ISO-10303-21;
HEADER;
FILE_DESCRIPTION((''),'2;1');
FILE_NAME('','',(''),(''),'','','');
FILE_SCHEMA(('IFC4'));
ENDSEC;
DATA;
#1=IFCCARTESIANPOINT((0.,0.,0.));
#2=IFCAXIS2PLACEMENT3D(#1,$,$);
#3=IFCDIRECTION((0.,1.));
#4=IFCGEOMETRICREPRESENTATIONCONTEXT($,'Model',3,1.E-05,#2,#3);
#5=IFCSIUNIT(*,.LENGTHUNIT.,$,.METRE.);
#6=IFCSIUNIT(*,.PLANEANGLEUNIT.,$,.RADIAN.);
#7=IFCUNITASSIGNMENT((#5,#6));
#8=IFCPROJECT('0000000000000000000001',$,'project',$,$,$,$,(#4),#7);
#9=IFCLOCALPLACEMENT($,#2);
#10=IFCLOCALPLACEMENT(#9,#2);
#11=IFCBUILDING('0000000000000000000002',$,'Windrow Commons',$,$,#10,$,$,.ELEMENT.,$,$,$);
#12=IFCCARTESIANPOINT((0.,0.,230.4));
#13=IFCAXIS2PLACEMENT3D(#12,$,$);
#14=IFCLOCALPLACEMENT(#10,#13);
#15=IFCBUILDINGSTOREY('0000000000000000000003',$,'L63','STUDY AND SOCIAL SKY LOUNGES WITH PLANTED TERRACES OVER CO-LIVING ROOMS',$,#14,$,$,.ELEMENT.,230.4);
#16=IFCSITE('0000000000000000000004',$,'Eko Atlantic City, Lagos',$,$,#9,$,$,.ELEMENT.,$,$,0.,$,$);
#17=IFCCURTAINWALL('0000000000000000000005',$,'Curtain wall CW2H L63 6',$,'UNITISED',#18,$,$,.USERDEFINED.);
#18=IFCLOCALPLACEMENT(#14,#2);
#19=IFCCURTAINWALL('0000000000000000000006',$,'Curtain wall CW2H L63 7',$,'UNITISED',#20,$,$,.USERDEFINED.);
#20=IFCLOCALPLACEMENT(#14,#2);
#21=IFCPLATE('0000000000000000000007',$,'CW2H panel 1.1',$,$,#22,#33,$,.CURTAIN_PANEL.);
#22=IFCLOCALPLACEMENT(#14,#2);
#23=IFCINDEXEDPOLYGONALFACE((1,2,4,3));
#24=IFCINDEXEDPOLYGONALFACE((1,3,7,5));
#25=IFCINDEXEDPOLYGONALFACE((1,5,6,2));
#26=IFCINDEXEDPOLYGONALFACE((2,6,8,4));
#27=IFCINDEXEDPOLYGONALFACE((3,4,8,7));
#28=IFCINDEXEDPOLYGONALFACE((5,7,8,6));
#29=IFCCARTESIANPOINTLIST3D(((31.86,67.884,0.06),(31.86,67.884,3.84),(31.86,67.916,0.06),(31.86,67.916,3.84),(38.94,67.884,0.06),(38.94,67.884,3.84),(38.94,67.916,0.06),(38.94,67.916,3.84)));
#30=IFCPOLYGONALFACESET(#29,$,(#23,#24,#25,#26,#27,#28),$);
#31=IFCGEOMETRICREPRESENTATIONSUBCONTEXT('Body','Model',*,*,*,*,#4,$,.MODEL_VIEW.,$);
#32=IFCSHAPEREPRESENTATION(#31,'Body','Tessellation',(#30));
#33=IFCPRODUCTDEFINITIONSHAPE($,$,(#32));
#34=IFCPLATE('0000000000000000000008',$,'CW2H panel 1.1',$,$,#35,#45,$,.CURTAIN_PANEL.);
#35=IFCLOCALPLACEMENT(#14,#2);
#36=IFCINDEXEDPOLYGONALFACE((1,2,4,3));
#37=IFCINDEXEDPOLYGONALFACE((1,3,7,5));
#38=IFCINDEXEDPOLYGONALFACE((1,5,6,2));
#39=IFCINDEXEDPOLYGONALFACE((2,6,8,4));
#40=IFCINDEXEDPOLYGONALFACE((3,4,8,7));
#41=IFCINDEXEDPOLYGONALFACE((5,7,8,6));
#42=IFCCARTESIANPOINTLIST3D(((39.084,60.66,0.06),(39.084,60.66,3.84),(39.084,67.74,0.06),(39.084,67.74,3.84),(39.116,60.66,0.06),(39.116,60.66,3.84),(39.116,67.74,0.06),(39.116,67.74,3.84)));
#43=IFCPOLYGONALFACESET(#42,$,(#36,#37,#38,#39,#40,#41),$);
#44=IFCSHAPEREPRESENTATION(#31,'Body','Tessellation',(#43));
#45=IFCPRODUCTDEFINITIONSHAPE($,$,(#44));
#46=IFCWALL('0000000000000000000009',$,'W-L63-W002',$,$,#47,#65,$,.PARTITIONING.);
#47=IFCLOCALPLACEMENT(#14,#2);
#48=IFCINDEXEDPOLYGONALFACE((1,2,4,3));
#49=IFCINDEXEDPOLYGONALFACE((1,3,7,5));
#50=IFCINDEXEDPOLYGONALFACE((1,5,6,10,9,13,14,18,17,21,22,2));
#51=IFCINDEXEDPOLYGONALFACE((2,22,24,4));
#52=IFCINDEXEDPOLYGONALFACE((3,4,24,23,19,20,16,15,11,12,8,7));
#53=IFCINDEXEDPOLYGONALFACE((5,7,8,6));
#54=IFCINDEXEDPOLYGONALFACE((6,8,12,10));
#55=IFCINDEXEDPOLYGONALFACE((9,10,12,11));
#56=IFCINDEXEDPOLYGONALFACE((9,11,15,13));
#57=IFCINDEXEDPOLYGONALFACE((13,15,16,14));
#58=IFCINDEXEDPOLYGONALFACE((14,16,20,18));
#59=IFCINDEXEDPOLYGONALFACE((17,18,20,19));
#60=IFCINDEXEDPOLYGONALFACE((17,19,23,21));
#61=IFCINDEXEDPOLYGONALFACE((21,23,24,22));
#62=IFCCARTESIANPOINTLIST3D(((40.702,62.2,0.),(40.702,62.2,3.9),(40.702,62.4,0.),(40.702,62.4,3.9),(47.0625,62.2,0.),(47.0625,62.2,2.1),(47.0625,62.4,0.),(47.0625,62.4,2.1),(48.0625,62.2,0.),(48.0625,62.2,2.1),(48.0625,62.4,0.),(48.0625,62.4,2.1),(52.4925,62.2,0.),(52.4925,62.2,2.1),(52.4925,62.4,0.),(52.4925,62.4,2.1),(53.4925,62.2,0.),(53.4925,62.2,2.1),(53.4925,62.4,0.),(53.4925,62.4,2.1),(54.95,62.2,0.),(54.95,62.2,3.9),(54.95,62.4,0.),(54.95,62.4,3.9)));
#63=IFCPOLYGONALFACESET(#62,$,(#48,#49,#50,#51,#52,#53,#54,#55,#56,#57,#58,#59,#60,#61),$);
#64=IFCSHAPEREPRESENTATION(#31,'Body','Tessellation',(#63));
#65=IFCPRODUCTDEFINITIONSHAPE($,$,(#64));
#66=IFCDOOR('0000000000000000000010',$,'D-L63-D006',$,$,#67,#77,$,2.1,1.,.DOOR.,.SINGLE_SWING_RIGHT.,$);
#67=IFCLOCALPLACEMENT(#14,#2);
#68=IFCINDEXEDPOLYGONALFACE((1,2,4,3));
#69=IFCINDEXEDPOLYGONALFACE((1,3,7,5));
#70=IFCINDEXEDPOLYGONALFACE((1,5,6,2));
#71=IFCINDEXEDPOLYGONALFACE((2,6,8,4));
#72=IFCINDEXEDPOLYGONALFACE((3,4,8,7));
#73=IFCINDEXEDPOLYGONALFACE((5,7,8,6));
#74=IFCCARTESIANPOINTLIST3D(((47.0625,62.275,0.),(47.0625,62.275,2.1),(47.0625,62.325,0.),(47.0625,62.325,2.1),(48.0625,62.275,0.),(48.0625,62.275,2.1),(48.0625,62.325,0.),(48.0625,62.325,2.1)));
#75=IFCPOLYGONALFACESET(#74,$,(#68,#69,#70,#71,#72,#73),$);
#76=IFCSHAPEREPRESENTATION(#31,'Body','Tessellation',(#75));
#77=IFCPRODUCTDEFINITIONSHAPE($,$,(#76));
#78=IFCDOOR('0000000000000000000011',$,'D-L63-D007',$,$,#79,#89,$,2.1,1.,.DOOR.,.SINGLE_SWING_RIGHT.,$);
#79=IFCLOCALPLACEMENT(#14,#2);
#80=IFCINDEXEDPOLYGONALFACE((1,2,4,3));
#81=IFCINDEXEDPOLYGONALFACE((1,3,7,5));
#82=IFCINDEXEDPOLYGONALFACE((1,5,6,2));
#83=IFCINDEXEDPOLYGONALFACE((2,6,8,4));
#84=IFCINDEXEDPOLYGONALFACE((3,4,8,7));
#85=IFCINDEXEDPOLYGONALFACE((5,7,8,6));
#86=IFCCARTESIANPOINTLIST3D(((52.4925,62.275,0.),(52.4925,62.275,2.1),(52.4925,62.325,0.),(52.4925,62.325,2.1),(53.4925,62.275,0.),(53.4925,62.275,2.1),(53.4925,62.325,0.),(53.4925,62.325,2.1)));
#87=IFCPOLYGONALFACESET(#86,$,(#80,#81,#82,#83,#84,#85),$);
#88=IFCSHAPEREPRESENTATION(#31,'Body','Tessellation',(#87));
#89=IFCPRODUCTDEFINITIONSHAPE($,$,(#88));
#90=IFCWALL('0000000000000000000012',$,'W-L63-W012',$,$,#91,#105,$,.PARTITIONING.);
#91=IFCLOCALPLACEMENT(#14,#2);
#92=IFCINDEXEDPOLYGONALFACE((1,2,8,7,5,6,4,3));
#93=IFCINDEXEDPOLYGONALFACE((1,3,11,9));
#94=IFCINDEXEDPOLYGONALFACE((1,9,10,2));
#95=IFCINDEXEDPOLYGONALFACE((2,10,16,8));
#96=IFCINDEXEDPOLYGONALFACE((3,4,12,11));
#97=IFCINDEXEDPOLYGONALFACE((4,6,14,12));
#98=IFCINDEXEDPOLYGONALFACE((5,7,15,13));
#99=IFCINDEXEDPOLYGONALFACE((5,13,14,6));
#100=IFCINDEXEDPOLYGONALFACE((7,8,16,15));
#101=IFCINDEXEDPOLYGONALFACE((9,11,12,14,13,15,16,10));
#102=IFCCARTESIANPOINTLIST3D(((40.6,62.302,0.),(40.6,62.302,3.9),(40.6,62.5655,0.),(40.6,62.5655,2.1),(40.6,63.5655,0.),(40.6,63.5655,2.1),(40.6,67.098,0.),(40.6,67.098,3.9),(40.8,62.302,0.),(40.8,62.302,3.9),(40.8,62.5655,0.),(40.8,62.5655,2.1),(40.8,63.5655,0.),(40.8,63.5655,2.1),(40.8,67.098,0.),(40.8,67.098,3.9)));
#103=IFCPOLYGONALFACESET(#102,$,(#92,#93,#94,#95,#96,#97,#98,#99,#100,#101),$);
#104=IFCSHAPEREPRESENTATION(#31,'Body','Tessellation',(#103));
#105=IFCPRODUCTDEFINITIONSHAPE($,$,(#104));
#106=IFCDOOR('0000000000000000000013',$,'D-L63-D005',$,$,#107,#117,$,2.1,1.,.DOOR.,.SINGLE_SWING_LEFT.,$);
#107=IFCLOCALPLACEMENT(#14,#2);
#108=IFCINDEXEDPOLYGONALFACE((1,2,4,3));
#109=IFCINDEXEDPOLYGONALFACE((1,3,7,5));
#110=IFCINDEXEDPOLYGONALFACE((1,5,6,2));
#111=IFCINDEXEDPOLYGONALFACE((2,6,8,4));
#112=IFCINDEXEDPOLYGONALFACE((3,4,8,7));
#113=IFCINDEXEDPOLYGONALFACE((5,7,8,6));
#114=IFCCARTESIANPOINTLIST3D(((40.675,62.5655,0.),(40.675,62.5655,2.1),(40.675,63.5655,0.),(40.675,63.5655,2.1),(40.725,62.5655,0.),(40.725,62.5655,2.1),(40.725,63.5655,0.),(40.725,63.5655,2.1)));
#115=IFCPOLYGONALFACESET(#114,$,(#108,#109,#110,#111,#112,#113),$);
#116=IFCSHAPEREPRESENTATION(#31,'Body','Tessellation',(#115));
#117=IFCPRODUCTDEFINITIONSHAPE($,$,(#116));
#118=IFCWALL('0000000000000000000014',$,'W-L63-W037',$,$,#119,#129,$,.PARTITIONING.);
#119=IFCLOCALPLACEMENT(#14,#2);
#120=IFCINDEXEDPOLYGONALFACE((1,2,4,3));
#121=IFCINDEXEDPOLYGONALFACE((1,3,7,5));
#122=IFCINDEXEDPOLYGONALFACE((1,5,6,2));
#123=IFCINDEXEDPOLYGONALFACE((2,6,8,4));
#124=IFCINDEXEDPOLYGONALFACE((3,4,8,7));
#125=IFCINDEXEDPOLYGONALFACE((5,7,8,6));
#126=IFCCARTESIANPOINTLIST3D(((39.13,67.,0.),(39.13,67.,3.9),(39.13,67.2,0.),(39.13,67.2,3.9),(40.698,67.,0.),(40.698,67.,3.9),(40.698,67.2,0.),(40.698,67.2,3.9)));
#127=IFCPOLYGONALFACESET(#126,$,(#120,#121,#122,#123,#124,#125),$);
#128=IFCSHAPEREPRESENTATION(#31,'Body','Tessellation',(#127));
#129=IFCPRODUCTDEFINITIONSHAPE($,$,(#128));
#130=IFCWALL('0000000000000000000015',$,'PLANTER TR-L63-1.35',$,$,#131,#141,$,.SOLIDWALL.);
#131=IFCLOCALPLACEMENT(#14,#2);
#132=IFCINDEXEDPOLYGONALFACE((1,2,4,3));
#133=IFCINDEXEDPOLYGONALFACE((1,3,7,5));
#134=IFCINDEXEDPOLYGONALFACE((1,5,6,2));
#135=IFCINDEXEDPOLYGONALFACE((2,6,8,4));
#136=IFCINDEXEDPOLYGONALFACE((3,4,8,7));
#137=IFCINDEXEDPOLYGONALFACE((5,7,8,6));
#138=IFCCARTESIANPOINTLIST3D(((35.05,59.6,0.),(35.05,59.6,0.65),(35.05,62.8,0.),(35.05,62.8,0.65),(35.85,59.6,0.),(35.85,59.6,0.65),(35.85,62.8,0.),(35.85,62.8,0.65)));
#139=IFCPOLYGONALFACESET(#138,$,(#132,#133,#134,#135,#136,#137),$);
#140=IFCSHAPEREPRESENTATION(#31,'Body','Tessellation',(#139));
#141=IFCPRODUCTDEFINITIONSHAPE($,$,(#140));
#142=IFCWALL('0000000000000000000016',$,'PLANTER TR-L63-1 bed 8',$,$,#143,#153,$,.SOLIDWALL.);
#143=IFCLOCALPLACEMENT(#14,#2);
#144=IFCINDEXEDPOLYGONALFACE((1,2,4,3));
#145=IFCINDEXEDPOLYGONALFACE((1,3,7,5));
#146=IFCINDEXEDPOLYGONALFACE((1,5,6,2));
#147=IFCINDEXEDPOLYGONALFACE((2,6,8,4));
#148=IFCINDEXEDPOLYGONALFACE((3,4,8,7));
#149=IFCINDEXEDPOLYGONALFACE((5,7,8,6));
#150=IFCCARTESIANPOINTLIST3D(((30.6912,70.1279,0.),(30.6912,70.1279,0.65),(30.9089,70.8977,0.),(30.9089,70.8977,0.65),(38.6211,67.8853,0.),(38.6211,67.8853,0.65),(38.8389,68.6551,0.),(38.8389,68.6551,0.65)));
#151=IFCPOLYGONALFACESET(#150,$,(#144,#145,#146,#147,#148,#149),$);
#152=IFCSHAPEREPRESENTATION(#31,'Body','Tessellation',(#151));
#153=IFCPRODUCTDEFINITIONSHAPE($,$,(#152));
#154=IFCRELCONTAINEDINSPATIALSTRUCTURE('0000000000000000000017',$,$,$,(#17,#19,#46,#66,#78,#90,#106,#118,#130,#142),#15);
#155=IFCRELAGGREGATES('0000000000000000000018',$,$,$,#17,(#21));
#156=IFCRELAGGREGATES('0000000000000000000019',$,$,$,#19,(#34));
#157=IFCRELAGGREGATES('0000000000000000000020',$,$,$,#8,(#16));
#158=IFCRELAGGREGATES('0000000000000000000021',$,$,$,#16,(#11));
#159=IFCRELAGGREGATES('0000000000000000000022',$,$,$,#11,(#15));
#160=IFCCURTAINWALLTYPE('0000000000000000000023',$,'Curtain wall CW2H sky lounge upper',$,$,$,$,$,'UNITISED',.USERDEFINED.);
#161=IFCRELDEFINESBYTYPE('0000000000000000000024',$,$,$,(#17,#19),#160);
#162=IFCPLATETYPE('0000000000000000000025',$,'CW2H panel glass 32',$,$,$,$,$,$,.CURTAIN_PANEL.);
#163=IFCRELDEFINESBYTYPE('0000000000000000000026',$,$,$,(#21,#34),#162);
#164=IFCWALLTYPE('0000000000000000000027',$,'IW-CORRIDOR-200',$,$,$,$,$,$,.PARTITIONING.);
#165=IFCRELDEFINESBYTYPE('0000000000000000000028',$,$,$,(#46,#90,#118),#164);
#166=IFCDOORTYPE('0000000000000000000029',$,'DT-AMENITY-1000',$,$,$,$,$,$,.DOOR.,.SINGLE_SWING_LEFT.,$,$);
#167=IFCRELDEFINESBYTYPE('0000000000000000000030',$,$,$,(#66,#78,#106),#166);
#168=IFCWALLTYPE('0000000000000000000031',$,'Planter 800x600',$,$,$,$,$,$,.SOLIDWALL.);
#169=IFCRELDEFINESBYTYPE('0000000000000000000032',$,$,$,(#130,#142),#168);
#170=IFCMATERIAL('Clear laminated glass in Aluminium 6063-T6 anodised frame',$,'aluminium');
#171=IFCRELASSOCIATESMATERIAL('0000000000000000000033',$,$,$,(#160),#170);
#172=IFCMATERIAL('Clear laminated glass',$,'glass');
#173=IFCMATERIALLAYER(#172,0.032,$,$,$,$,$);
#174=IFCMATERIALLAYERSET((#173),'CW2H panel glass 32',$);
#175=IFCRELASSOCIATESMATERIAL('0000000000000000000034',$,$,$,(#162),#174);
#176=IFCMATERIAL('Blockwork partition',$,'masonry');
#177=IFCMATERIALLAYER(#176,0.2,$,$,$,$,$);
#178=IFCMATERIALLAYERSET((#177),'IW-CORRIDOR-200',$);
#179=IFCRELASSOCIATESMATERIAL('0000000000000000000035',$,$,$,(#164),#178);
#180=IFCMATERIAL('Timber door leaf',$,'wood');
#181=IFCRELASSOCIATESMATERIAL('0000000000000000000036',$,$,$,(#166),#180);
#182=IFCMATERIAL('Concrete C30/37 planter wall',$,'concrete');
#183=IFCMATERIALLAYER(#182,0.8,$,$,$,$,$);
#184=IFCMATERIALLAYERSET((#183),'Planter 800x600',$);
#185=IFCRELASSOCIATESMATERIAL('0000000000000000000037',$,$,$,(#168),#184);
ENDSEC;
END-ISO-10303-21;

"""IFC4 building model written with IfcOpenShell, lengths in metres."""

from ifc_helpers import new_model, si_unit, direction, frame, frame_2d, origin, origin_2d, place, context, subcontext, project, spatial, rectangle, extrude, material, layer, layer_set, type_object, element, fill, aggregate, save


model = new_model("IFC4")

# Units and contexts
model_context = context("Model", 3, precision=1e-05, world=origin(), true_north=direction((0.0, 1.0)))
body_context = subcontext(model_context, "Body", "Model", "MODEL_VIEW")
ifc_project = project(units=[si_unit("LENGTHUNIT", "METRE"), si_unit("PLANEANGLEUNIT", "RADIAN")], contexts=[model_context])

# Site, building, storey
site_placement = place(None, origin())
site = spatial("IfcSite", under=ifc_project, at=site_placement, Name="Eko Atlantic City, Lagos", CompositionType="ELEMENT", RefElevation=0.0)
building_placement = place(site_placement, origin())
building = spatial("IfcBuilding", under=site, at=building_placement, Name="Windrow Commons", CompositionType="ELEMENT")
storey_placement = place(building_placement, frame((0.0, 0.0, 230.4)))
storey = spatial("IfcBuildingStorey", under=building, at=storey_placement, Name="L63", Description="STUDY AND SOCIAL SKY LOUNGES WITH PLANTED TERRACES OVER CO-LIVING ROOMS", CompositionType="ELEMENT", Elevation=230.4)

# Curtain walls
ifc_material_1 = material(Name="Clear laminated glass in Aluminium 6063-T6 anodised frame", Category="aluminium")
curtain_wall_type = type_object("IfcCurtainWallType", Name="Curtain wall CW2H sky lounge upper", ElementType="UNITISED", PredefinedType="USERDEFINED", material=ifc_material_1)
placement = place(storey_placement, origin())
curtain_wall_1 = element("IfcCurtainWall", 1, at=placement, inside=storey, type_object=curtain_wall_type, Name="Curtain wall CW2H L63 6", ObjectType="UNITISED", PredefinedType="USERDEFINED")
curtain_wall_2 = element("IfcCurtainWall", 2, at=placement, inside=storey, type_object=curtain_wall_type, Name="Curtain wall CW2H L63 7", ObjectType="UNITISED", PredefinedType="USERDEFINED")

# Plates
ifc_material_2 = material(Name="Clear laminated glass", Category="glass")
ifc_layer_1 = layer(ifc_material_2, 0.032)
ifc_layer_set_1 = layer_set([ifc_layer_1], Name="CW2H panel glass 32")
plate_type_1 = type_object("IfcPlateType", Name="CW2H panel glass 32", PredefinedType="CURTAIN_PANEL", material=ifc_layer_set_1)
plate_1_placement = place(storey_placement, frame((35.4, 67.9, 0.06), z_axis=(0.0, 0.0, 1.0), x_axis=(1.0, 0.0, 0.0)))
plate_1 = element("IfcPlate", 3, at=plate_1_placement, type_object=plate_type_1, Name="CW2H panel 1.1", PredefinedType="CURTAIN_PANEL", context=body_context, shape_type="SweptSolid", body=[
    extrude(rectangle(XDim=7.08, YDim=0.032, at=origin_2d()), origin(), (0.0, 0.0, 1.0), 3.78),
])
aggregate(curtain_wall_1, [plate_1])
plate_2_placement = place(storey_placement, frame((39.1, 64.2, 0.06), z_axis=(0.0, 0.0, 1.0), x_axis=(0.0, -1.0, 0.0)))
plate_2 = element("IfcPlate", 4, at=plate_2_placement, type_object=plate_type_1, Name="CW2H panel 1.1", PredefinedType="CURTAIN_PANEL", context=body_context, shape_type="SweptSolid", body=[
    extrude(rectangle(XDim=7.08, YDim=0.032, at=origin_2d()), origin(), (0.0, 0.0, 1.0), 3.78),
])
aggregate(curtain_wall_2, [plate_2])

# Wall, openings, doors
ifc_material_3 = material(Name="Blockwork partition", Category="masonry")
ifc_layer_2 = layer(ifc_material_3, 0.2)
ifc_layer_set_2 = layer_set([ifc_layer_2], Name="IW-CORRIDOR-200")
wall_type_1 = type_object("IfcWallType", Name="IW-CORRIDOR-200", PredefinedType="PARTITIONING", material=ifc_layer_set_2)
wall_1_placement = place(storey_placement, frame((40.702, 62.3, 0.0), z_axis=(0.0, 0.0, 1.0), x_axis=(1.0, 0.0, 0.0)))
wall_1 = element("IfcWall", 5, at=wall_1_placement, inside=storey, type_object=wall_type_1, Name="W-L63-W002", PredefinedType="PARTITIONING", context=body_context, shape_type="SweptSolid", body=[
    extrude(rectangle(XDim=14.248, YDim=0.2, at=frame_2d((7.124, 0.0))), origin(), (0.0, 0.0, 1.0), 3.9),
])
opening_1_placement = place(wall_1_placement, frame((6.3605, 0.0, 0.0)))
opening_1 = element("IfcOpeningElement", 6, at=opening_1_placement, cuts=wall_1, PredefinedType="OPENING", context=body_context, shape_type="SweptSolid", body=[
    extrude(rectangle(XDim=1.0, YDim=2.1, at=frame_2d((0.5, 1.05))), frame((0.0, 0.11, 0.0), z_axis=(0.0, -1.0, 0.0), x_axis=(1.0, 0.0, 0.0)), (0.0, 0.0, 1.0), 0.22),
])
opening_2_placement = place(wall_1_placement, frame((11.7905, 0.0, 0.0)))
opening_2 = element("IfcOpeningElement", 7, at=opening_2_placement, cuts=wall_1, PredefinedType="OPENING", context=body_context, shape_type="SweptSolid", body=[
    extrude(rectangle(XDim=1.0, YDim=2.1, at=frame_2d((0.5, 1.05))), frame((0.0, 0.11, 0.0), z_axis=(0.0, -1.0, 0.0), x_axis=(1.0, 0.0, 0.0)), (0.0, 0.0, 1.0), 0.22),
])
ifc_material_4 = material(Name="Timber door leaf", Category="wood")
door_type = type_object("IfcDoorType", Name="DT-AMENITY-1000", OperationType="SINGLE_SWING_LEFT", PredefinedType="DOOR", material=ifc_material_4)
door_1_placement = place(opening_1_placement, origin())
door_1 = element("IfcDoor", 8, at=door_1_placement, inside=storey, type_object=door_type, Name="D-L63-D006", OperationType="SINGLE_SWING_RIGHT", OverallHeight=2.1, OverallWidth=1.0, PredefinedType="DOOR", context=body_context, shape_type="SweptSolid", body=[
    extrude(rectangle(XDim=1.0, YDim=2.1, at=frame_2d((0.5, 1.05))), frame((0.0, 0.025, 0.0), z_axis=(0.0, -1.0, 0.0), x_axis=(1.0, 0.0, 0.0)), (0.0, 0.0, 1.0), 0.05),
])
fill(opening_1, door_1)
door_2_placement = place(opening_2_placement, origin())
door_2 = element("IfcDoor", 9, at=door_2_placement, inside=storey, type_object=door_type, Name="D-L63-D007", OperationType="SINGLE_SWING_RIGHT", OverallHeight=2.1, OverallWidth=1.0, PredefinedType="DOOR", context=body_context, shape_type="SweptSolid", body=[
    extrude(rectangle(XDim=1.0, YDim=2.1, at=frame_2d((0.5, 1.05))), frame((0.0, 0.025, 0.0), z_axis=(0.0, -1.0, 0.0), x_axis=(1.0, 0.0, 0.0)), (0.0, 0.0, 1.0), 0.05),
])
fill(opening_2, door_2)

# Wall, opening, door
wall_2_placement = place(storey_placement, frame((40.7, 62.302, 0.0), z_axis=(0.0, 0.0, 1.0), x_axis=(0.0, 1.0, 0.0)))
wall_2 = element("IfcWall", 10, at=wall_2_placement, inside=storey, type_object=wall_type_1, Name="W-L63-W012", PredefinedType="PARTITIONING", context=body_context, shape_type="SweptSolid", body=[
    extrude(rectangle(XDim=4.796, YDim=0.2, at=frame_2d((2.398, 0.0))), origin(), (0.0, 0.0, 1.0), 3.9),
])
opening_3_placement = place(wall_2_placement, frame((0.2635, 0.0, 0.0)))
opening_3 = element("IfcOpeningElement", 11, at=opening_3_placement, cuts=wall_2, PredefinedType="OPENING", context=body_context, shape_type="SweptSolid", body=[
    extrude(rectangle(XDim=1.0, YDim=2.1, at=frame_2d((0.5, 1.05))), frame((0.0, 0.11, 0.0), z_axis=(0.0, -1.0, 0.0), x_axis=(1.0, 0.0, 0.0)), (0.0, 0.0, 1.0), 0.22),
])
door_3_placement = place(opening_3_placement, origin())
door_3 = element("IfcDoor", 12, at=door_3_placement, inside=storey, type_object=door_type, Name="D-L63-D005", OperationType="SINGLE_SWING_LEFT", OverallHeight=2.1, OverallWidth=1.0, PredefinedType="DOOR", context=body_context, shape_type="SweptSolid", body=[
    extrude(rectangle(XDim=1.0, YDim=2.1, at=frame_2d((0.5, 1.05))), frame((0.0, 0.025, 0.0), z_axis=(0.0, -1.0, 0.0), x_axis=(1.0, 0.0, 0.0)), (0.0, 0.0, 1.0), 0.05),
])
fill(opening_3, door_3)

# Walls
wall_3_placement = place(storey_placement, frame((39.13, 67.1, 0.0), z_axis=(0.0, 0.0, 1.0), x_axis=(1.0, 0.0, 0.0)))
element("IfcWall", 13, at=wall_3_placement, inside=storey, type_object=wall_type_1, Name="W-L63-W037", PredefinedType="PARTITIONING", context=body_context, shape_type="SweptSolid", body=[
    extrude(rectangle(XDim=1.568, YDim=0.2, at=frame_2d((0.784, 0.0))), origin(), (0.0, 0.0, 1.0), 3.9),
])
ifc_material_5 = material(Name="Concrete C30/37 planter wall", Category="concrete")
ifc_layer_3 = layer(ifc_material_5, 0.8)
ifc_layer_set_3 = layer_set([ifc_layer_3], Name="Planter 800x600")
wall_type_2 = type_object("IfcWallType", Name="Planter 800x600", PredefinedType="SOLIDWALL", material=ifc_layer_set_3)
wall_4_placement = place(storey_placement, frame((35.45, 62.8, 0.0), z_axis=(0.0, 0.0, 1.0), x_axis=(0.0, -1.0, 0.0)))
element("IfcWall", 14, at=wall_4_placement, inside=storey, type_object=wall_type_2, Name="PLANTER TR-L63-1.35", PredefinedType="SOLIDWALL", context=body_context, shape_type="SweptSolid", body=[
    extrude(rectangle(XDim=3.2, YDim=0.8, at=frame_2d((1.6, 0.0))), origin(), (0.0, 0.0, 1.0), 0.65),
])
wall_5_placement = place(storey_placement, frame((38.73, 68.2702, 0.0), z_axis=(0.0, 0.0, 1.0), x_axis=(-0.962261, 0.272127, 0.0)))
element("IfcWall", 15, at=wall_5_placement, inside=storey, type_object=wall_type_2, Name="PLANTER TR-L63-1 bed 8", PredefinedType="SOLIDWALL", context=body_context, shape_type="SweptSolid", body=[
    extrude(rectangle(XDim=8.241, YDim=0.8, at=frame_2d((4.1205, 0.0))), origin(), (0.0, 0.0, 1.0), 0.65),
])

save(model, "model.ifc")
